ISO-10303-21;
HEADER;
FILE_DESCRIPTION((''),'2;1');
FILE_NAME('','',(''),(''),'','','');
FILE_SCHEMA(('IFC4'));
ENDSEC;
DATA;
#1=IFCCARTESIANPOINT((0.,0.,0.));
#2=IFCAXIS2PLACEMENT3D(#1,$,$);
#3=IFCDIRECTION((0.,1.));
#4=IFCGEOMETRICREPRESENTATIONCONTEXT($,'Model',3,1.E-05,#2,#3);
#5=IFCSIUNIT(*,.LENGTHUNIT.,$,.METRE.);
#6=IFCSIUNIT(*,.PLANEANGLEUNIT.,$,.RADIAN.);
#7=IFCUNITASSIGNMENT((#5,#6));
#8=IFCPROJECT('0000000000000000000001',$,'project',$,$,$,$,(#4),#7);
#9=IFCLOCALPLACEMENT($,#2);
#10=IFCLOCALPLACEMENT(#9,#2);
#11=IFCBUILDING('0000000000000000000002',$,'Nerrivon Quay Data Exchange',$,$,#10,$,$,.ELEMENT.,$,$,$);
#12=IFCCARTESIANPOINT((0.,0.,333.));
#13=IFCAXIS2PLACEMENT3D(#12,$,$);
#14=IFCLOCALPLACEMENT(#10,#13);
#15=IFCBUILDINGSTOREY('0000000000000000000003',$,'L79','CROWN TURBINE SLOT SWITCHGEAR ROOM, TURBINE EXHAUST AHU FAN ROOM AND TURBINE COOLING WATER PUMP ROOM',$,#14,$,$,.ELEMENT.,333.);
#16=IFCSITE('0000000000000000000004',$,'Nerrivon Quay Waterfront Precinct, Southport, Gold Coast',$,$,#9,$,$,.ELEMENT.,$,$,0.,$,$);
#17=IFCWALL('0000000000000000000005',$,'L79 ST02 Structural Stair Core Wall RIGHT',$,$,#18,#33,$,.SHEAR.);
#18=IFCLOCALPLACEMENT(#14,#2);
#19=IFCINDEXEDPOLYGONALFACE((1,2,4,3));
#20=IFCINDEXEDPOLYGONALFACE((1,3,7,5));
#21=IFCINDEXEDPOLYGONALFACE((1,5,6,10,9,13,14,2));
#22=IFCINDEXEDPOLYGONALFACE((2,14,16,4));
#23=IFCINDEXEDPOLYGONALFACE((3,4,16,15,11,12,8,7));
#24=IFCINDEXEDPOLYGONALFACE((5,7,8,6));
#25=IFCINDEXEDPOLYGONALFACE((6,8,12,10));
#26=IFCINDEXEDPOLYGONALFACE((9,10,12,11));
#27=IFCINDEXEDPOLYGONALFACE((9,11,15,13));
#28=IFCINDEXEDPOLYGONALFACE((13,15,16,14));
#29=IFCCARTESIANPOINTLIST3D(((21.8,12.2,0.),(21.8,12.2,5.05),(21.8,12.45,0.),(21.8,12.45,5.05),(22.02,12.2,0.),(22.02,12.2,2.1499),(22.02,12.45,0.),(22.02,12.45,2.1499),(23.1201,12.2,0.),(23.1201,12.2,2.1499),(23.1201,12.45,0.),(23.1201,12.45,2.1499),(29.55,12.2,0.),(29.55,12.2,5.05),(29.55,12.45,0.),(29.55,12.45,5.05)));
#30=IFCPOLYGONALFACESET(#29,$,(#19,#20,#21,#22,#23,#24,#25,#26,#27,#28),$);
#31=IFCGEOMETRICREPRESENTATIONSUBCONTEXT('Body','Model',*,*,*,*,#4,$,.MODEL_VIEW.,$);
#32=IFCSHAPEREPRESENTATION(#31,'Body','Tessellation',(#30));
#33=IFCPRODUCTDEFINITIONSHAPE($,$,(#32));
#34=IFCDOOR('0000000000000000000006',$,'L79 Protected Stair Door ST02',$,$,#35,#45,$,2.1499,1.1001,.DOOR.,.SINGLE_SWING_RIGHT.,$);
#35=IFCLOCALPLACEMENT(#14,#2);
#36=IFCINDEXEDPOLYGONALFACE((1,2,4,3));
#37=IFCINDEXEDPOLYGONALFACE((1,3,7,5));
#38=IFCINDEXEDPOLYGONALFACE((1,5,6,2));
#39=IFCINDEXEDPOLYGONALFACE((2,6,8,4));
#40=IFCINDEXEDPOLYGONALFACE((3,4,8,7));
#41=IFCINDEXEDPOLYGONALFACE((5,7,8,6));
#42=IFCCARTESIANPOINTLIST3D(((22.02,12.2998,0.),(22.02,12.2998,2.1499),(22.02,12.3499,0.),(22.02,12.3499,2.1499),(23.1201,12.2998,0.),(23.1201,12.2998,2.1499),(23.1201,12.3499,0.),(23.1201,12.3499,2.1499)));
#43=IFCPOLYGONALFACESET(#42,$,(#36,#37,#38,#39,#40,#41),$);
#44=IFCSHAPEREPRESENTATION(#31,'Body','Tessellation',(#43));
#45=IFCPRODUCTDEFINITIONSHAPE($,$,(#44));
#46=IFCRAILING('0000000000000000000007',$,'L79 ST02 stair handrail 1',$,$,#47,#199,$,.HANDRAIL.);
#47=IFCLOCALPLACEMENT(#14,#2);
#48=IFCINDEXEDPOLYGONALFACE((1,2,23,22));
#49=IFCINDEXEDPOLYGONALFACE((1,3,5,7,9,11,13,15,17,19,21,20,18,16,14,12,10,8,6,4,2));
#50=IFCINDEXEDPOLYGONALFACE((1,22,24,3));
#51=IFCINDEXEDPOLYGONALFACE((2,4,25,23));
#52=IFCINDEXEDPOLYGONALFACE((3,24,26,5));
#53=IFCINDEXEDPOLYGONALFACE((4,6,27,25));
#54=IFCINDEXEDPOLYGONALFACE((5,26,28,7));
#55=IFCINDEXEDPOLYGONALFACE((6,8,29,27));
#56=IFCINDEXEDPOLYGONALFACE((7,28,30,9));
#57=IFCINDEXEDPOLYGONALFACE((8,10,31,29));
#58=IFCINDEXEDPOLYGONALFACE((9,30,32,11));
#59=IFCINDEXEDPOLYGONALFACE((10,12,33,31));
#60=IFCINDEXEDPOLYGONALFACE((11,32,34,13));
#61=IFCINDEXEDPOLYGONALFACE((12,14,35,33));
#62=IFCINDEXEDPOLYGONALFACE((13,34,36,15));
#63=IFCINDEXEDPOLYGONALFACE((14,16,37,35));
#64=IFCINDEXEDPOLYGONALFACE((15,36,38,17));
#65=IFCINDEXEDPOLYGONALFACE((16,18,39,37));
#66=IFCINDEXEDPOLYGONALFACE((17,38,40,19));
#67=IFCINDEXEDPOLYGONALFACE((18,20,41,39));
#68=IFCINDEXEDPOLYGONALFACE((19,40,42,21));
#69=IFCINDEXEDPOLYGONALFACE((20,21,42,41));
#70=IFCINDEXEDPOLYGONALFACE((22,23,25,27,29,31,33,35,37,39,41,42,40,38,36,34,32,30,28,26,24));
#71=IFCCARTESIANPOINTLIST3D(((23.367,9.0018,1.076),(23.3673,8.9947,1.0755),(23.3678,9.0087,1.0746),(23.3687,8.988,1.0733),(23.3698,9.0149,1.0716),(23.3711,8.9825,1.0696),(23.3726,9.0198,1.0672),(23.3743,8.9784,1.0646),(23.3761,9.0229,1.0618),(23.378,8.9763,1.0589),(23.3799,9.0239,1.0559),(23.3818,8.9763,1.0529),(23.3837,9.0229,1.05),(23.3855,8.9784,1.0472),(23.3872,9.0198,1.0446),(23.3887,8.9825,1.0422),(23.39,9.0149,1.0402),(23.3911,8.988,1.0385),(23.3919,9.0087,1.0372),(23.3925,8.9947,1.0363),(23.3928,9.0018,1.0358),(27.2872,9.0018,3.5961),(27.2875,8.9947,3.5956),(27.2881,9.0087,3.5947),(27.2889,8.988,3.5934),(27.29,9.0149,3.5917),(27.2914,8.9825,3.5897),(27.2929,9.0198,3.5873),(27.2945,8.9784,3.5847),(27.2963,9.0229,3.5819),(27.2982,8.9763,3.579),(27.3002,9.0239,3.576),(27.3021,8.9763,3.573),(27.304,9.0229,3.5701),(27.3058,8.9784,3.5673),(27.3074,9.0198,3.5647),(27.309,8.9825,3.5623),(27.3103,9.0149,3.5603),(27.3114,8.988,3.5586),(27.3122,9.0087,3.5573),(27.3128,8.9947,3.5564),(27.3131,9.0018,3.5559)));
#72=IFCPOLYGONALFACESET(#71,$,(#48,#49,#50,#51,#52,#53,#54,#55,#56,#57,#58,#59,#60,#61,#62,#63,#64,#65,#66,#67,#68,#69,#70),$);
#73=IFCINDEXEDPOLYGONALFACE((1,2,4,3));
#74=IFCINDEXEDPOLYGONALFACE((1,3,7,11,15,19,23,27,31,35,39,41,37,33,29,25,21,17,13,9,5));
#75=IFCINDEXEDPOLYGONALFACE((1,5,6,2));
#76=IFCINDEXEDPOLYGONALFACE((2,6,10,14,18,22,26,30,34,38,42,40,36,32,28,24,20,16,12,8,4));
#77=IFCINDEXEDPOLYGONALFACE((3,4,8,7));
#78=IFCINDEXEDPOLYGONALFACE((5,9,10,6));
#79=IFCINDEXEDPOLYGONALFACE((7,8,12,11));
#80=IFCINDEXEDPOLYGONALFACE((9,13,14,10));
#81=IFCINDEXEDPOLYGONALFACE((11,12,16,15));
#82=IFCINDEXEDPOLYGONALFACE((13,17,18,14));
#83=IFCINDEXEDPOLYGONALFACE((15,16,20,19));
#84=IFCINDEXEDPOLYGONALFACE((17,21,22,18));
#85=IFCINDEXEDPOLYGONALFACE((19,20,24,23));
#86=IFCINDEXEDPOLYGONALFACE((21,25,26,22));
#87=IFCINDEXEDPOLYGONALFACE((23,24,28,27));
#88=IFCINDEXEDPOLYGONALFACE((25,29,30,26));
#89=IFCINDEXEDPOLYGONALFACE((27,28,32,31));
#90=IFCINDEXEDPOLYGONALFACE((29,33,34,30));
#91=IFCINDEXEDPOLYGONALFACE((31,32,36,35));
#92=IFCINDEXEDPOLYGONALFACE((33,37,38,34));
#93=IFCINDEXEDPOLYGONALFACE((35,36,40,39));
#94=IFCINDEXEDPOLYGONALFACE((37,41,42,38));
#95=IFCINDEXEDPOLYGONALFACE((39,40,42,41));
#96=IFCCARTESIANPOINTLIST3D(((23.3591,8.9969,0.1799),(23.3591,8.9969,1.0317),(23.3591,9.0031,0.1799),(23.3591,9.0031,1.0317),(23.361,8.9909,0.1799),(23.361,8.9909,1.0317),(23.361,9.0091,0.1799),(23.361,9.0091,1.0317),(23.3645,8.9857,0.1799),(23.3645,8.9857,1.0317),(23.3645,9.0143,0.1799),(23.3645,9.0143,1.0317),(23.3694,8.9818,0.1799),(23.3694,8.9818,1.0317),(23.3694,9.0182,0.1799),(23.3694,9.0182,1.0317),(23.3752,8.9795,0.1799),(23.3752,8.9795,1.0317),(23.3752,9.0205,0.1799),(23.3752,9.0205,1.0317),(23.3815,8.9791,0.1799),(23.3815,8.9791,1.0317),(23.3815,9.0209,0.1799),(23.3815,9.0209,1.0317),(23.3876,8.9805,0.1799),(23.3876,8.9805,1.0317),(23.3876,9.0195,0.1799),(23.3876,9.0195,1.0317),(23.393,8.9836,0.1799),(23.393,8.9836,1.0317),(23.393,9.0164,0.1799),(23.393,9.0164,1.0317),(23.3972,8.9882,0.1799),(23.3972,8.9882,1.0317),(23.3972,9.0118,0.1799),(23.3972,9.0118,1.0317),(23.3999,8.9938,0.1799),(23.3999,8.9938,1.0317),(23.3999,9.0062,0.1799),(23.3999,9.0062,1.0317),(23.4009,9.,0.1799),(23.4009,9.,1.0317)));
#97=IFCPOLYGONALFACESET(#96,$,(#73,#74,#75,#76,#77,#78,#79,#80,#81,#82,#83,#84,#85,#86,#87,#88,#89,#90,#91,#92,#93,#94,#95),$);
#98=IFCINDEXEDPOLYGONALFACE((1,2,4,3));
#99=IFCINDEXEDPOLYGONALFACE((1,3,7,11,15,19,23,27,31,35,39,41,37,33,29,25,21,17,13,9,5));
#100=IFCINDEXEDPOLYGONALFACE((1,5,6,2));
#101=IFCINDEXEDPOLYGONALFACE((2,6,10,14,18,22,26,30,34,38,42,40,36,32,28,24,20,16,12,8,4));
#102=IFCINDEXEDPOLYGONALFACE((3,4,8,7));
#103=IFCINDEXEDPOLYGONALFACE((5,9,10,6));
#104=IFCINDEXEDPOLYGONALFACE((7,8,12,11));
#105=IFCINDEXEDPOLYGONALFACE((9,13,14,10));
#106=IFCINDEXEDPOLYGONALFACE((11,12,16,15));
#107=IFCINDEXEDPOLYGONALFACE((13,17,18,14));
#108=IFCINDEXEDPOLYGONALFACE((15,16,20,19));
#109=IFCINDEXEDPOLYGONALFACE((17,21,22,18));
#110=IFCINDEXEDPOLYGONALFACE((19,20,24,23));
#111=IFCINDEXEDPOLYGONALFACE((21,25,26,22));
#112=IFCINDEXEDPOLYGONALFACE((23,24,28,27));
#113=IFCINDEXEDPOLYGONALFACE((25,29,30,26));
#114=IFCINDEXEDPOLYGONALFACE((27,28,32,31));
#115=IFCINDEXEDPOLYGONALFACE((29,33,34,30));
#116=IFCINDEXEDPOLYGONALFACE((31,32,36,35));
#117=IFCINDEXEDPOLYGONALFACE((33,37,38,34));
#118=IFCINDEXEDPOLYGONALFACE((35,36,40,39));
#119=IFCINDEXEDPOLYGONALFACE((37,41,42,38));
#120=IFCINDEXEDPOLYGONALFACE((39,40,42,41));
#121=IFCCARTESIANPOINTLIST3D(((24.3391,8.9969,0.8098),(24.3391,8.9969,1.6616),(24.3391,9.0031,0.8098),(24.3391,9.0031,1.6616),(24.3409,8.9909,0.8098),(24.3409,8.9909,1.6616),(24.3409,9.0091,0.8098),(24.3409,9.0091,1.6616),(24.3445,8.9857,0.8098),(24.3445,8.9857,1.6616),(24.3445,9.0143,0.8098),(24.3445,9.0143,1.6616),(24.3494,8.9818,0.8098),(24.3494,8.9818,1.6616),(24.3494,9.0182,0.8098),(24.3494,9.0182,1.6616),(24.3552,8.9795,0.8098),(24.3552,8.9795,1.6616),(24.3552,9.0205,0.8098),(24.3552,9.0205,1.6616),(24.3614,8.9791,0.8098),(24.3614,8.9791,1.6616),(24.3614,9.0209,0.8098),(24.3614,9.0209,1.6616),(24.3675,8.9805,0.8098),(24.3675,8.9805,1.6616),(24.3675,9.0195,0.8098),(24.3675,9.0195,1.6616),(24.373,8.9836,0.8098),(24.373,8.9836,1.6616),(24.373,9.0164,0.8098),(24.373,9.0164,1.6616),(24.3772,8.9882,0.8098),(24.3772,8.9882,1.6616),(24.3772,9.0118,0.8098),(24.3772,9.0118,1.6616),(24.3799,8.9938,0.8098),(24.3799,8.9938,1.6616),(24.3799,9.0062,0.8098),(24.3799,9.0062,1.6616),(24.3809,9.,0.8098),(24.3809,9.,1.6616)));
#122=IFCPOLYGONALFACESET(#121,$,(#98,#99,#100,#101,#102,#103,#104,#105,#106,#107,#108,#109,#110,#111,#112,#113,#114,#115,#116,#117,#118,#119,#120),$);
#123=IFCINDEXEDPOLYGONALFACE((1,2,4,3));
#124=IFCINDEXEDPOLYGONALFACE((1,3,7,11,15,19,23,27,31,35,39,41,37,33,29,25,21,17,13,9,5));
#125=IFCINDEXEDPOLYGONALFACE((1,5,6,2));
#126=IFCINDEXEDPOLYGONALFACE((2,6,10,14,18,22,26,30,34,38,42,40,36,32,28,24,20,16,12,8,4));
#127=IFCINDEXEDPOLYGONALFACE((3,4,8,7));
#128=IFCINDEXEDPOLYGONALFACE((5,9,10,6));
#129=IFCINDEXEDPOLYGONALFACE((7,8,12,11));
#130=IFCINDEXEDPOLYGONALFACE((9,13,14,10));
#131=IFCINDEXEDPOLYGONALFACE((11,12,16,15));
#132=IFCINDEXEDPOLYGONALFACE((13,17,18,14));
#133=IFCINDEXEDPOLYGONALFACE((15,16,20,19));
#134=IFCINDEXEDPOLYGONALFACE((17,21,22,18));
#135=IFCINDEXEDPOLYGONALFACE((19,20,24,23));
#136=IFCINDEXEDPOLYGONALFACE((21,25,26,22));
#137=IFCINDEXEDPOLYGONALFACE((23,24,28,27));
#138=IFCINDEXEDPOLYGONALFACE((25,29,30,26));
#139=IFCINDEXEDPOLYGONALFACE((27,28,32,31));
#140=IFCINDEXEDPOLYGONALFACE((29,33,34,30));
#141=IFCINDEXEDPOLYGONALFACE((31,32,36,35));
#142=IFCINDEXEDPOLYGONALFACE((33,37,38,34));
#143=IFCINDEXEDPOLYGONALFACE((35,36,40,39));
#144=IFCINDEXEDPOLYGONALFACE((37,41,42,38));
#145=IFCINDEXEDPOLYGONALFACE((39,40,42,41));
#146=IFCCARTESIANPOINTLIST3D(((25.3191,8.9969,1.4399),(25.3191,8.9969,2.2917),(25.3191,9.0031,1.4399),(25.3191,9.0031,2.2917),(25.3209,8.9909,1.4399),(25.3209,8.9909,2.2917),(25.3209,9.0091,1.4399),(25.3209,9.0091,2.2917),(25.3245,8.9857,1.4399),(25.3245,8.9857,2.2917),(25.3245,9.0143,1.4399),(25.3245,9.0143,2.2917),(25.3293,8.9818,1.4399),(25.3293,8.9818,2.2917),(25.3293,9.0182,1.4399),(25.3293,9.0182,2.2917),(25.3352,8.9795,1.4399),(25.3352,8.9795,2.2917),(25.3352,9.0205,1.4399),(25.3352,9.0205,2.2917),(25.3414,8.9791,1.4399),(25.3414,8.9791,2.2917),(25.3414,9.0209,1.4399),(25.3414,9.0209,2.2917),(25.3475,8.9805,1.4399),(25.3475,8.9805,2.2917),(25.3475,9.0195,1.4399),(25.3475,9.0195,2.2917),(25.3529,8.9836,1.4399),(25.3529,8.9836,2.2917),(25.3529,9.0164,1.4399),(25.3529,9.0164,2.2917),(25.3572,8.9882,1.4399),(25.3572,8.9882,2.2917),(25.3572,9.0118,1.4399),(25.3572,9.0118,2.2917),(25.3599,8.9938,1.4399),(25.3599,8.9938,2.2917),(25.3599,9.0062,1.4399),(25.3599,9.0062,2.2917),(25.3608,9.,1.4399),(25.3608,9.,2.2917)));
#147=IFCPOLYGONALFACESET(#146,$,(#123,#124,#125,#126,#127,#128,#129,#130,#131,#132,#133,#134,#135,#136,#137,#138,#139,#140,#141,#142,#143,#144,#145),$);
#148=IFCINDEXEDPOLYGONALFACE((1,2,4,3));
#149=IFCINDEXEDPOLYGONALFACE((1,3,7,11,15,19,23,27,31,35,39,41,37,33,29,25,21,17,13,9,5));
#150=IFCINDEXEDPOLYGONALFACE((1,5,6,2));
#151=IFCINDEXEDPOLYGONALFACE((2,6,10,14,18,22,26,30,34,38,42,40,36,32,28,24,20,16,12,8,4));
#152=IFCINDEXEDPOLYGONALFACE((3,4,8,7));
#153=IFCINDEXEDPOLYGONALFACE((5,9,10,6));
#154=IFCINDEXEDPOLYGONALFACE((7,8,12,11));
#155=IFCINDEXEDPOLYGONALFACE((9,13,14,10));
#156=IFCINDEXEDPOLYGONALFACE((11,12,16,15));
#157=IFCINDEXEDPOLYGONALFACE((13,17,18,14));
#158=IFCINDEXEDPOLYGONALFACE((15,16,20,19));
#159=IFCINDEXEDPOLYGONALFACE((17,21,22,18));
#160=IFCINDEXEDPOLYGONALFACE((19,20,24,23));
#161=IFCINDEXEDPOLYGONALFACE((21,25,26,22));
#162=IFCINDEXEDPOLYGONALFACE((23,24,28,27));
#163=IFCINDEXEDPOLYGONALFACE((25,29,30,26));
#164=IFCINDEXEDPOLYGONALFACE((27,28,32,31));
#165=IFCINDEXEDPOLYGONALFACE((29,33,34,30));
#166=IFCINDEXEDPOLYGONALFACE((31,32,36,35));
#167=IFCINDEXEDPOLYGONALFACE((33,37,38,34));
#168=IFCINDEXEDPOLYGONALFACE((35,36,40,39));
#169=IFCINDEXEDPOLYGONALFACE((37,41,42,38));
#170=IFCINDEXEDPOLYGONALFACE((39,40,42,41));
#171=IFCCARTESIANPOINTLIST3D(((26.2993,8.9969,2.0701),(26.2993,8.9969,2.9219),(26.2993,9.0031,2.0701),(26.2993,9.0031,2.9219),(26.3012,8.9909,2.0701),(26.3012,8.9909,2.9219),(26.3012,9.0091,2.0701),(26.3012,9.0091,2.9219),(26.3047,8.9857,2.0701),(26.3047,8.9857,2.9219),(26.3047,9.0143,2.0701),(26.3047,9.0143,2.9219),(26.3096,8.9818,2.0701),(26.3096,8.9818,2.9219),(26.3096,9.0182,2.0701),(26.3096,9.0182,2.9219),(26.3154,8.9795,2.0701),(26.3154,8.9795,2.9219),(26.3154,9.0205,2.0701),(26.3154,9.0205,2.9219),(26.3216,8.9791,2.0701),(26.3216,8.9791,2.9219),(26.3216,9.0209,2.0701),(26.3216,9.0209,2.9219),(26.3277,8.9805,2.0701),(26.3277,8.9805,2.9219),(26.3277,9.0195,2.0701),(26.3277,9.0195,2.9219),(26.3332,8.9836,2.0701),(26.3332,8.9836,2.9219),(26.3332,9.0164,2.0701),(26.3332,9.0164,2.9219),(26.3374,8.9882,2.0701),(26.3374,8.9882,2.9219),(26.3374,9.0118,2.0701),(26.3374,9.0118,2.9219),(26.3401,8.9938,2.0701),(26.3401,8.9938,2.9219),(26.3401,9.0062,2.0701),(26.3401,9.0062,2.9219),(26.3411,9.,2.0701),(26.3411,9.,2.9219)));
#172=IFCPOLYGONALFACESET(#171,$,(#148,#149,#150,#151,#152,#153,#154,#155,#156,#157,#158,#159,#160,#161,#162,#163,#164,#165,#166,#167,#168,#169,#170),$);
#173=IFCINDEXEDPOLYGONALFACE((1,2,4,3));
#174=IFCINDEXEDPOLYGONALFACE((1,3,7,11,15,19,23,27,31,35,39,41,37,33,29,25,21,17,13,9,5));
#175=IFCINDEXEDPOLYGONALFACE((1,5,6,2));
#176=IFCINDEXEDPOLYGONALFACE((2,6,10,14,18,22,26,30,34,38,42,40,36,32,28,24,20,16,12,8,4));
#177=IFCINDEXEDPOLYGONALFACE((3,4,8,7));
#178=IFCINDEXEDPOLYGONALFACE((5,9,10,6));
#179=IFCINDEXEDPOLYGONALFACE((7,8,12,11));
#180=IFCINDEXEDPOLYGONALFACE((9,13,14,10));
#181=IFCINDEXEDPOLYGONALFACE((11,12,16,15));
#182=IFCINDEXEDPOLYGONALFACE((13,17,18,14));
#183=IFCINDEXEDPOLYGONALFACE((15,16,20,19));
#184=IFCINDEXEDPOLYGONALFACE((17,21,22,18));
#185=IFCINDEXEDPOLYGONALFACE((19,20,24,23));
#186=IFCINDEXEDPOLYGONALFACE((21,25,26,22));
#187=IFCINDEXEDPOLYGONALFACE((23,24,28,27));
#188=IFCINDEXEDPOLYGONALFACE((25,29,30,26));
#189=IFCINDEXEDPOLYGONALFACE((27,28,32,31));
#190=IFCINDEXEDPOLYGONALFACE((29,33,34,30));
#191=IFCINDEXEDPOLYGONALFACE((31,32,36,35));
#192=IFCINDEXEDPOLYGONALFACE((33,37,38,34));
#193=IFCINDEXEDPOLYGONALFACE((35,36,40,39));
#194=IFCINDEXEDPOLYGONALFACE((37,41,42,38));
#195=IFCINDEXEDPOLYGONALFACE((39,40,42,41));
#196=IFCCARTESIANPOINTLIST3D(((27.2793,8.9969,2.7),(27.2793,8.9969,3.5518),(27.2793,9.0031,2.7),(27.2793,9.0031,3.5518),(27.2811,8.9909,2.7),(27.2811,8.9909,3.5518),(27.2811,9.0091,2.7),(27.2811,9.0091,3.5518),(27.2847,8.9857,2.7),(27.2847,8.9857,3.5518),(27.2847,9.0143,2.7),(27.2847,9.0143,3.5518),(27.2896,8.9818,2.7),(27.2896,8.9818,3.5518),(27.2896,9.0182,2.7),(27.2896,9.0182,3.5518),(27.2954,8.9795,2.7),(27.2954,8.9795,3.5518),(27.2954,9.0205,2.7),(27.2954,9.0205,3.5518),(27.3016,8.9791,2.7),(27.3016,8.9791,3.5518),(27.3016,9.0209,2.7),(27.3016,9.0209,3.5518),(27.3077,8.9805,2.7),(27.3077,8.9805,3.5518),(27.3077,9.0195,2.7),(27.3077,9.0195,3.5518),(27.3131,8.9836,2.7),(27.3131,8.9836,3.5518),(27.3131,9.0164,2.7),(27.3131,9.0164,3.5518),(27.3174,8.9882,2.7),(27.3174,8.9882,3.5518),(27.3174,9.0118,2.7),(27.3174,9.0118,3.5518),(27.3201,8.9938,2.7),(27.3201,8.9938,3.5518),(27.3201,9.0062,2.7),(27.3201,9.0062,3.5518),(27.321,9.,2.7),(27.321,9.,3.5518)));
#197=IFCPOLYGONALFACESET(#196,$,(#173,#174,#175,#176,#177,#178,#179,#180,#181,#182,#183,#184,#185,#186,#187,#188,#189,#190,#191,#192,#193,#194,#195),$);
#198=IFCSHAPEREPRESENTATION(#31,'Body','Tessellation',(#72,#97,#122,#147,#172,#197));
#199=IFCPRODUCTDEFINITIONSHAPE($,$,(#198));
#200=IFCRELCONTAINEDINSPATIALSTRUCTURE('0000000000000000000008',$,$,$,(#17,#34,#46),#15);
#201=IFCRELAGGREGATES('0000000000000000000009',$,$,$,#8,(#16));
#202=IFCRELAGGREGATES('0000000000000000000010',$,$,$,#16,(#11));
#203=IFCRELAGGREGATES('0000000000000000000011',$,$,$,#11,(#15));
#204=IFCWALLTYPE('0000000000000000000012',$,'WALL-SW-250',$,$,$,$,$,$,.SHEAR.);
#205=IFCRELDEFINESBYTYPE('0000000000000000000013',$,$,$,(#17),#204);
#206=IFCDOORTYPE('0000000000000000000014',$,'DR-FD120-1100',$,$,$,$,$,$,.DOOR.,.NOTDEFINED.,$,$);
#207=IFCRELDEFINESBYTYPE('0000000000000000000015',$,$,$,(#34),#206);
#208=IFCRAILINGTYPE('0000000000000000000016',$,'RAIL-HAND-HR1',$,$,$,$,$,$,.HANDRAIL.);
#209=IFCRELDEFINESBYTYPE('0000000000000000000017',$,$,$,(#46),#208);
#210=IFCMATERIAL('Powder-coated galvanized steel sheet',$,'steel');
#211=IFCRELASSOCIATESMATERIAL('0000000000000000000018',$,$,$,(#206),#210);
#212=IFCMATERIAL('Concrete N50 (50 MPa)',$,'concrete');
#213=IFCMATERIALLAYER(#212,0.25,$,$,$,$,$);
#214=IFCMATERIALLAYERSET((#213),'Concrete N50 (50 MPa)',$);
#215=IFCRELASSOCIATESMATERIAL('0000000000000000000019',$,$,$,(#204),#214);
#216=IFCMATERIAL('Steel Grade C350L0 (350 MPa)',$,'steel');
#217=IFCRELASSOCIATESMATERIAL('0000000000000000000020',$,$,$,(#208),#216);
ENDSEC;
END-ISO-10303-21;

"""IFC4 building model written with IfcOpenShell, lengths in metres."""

from ifc_helpers import new_model, si_unit, direction, frame, frame_2d, origin, origin_2d, place, context, subcontext, project, spatial, rectangle, circle, extrude, material, layer, layer_set, type_object, element, fill, save


model = new_model("IFC4")

# Units and contexts
model_context = context("Model", 3, precision=1e-05, world=origin(), true_north=direction((0.0, 1.0)))
body_context = subcontext(model_context, "Body", "Model", "MODEL_VIEW")
ifc_project = project(units=[si_unit("LENGTHUNIT", "METRE"), si_unit("PLANEANGLEUNIT", "RADIAN")], contexts=[model_context])

# Site, building, storey
site_placement = place(None, origin())
site = spatial("IfcSite", under=ifc_project, at=site_placement, Name="Nerrivon Quay Waterfront Precinct, Southport, Gold Coast", CompositionType="ELEMENT", RefElevation=0.0)
building_placement = place(site_placement, origin())
building = spatial("IfcBuilding", under=site, at=building_placement, Name="Nerrivon Quay Data Exchange", CompositionType="ELEMENT")
storey_placement = place(building_placement, frame((0.0, 0.0, 333.0)))
storey = spatial("IfcBuildingStorey", under=building, at=storey_placement, Name="L79", Description="CROWN TURBINE SLOT SWITCHGEAR ROOM, TURBINE EXHAUST AHU FAN ROOM AND TURBINE COOLING WATER PUMP ROOM", CompositionType="ELEMENT", Elevation=333.0)

# Shared definitions
ifc_material_1 = material(Name="Concrete N50 (50 MPa)", Category="concrete")

# Shared definitions
ifc_material_2 = material(Name="Steel Grade C350L0 (350 MPa)", Category="steel")

# Shared definitions
ifc_material_3 = material(Name="Powder-coated galvanized steel sheet", Category="steel")
door_type_1 = type_object("IfcDoorType", Name="DR-FD120-1100", OperationType="NOTDEFINED", PredefinedType="DOOR", material=ifc_material_3)

# Shared definitions
ifc_layer_1 = layer(ifc_material_1, 0.25)
ifc_layer_set_1 = layer_set([ifc_layer_1], Name="Concrete N50 (50 MPa)")
wall_type_1 = type_object("IfcWallType", Name="WALL-SW-250", PredefinedType="SHEAR", material=ifc_layer_set_1)

# Wall, opening, door
wall_1_placement = place(storey_placement, frame((21.8, 12.325, 0.0), z_axis=(0.0, 0.0, 1.0), x_axis=(1.0, 0.0, 0.0)))
wall_1 = element("IfcWall", 1, at=wall_1_placement, inside=storey, type_object=wall_type_1, Name="L79 ST02 Structural Stair Core Wall RIGHT", PredefinedType="SHEAR", context=body_context, shape_type="SweptSolid", body=[
    extrude(rectangle(XDim=7.75, YDim=0.25, at=frame_2d((3.875, 0.0))), origin(), (0.0, 0.0, 1.0), 5.05),
])
opening_1_placement = place(wall_1_placement, frame((0.22, 0.0, 0.0)))
opening_1 = element("IfcOpeningElement", 2, at=opening_1_placement, cuts=wall_1, PredefinedType="OPENING", context=body_context, shape_type="SweptSolid", body=[
    extrude(rectangle(XDim=1.1001, YDim=2.1499, at=frame_2d((0.55, 1.075))), frame((0.0, 0.135, 0.0), z_axis=(0.0, -1.0, 0.0), x_axis=(1.0, 0.0, 0.0)), (0.0, 0.0, 1.0), 0.27),
])
door_1_placement = place(opening_1_placement, origin())
door_1 = element("IfcDoor", 3, at=door_1_placement, inside=storey, type_object=door_type_1, Name="L79 Protected Stair Door ST02", OperationType="SINGLE_SWING_RIGHT", OverallHeight=2.1499, OverallWidth=1.1001, PredefinedType="DOOR", context=body_context, shape_type="SweptSolid", body=[
    extrude(rectangle(XDim=1.1001, YDim=2.1499, at=frame_2d((0.55, 1.075))), frame((0.0, 0.0249, 0.0), z_axis=(0.0, -1.0, 0.0), x_axis=(1.0, 0.0, 0.0)), (0.0, 0.0, 1.0), 0.05),
])
fill(opening_1, door_1)

# Railing
railing_type_1 = type_object("IfcRailingType", Name="RAIL-HAND-HR1", PredefinedType="HANDRAIL", material=ifc_material_2)
railing_1_placement = place(storey_placement, frame((23.3799, 9.0, 0.1799)))
element("IfcRailing", 4, at=railing_1_placement, inside=storey, type_object=railing_type_1, Name="L79 ST02 stair handrail 1", PredefinedType="HANDRAIL", context=body_context, shape_type="SweptSolid", body=[
    extrude(circle(Radius=0.0239, at=origin_2d()), frame((0.0, 0.0, 0.876), z_axis=(0.841187, 0.0, 0.540744), x_axis=(0.0, 1.0, 0.0)), (0.0, 0.0, 1.0), 4.6604),
    extrude(circle(Radius=0.021, at=origin_2d()), origin(), (0.0, 0.0, 1.0), 0.8518),
    extrude(circle(Radius=0.021, at=origin_2d()), frame((0.98, 0.0, 0.6299)), (0.0, 0.0, 1.0), 0.8518),
    extrude(circle(Radius=0.021, at=origin_2d()), frame((1.96, 0.0, 1.26)), (0.0, 0.0, 1.0), 0.8518),
    extrude(circle(Radius=0.021, at=origin_2d()), frame((2.9402, 0.0, 1.8901)), (0.0, 0.0, 1.0), 0.8518),
    extrude(circle(Radius=0.021, at=origin_2d()), frame((3.9202, 0.0, 2.52)), (0.0, 0.0, 1.0), 0.8518),
])

save(model, "model.ifc")
